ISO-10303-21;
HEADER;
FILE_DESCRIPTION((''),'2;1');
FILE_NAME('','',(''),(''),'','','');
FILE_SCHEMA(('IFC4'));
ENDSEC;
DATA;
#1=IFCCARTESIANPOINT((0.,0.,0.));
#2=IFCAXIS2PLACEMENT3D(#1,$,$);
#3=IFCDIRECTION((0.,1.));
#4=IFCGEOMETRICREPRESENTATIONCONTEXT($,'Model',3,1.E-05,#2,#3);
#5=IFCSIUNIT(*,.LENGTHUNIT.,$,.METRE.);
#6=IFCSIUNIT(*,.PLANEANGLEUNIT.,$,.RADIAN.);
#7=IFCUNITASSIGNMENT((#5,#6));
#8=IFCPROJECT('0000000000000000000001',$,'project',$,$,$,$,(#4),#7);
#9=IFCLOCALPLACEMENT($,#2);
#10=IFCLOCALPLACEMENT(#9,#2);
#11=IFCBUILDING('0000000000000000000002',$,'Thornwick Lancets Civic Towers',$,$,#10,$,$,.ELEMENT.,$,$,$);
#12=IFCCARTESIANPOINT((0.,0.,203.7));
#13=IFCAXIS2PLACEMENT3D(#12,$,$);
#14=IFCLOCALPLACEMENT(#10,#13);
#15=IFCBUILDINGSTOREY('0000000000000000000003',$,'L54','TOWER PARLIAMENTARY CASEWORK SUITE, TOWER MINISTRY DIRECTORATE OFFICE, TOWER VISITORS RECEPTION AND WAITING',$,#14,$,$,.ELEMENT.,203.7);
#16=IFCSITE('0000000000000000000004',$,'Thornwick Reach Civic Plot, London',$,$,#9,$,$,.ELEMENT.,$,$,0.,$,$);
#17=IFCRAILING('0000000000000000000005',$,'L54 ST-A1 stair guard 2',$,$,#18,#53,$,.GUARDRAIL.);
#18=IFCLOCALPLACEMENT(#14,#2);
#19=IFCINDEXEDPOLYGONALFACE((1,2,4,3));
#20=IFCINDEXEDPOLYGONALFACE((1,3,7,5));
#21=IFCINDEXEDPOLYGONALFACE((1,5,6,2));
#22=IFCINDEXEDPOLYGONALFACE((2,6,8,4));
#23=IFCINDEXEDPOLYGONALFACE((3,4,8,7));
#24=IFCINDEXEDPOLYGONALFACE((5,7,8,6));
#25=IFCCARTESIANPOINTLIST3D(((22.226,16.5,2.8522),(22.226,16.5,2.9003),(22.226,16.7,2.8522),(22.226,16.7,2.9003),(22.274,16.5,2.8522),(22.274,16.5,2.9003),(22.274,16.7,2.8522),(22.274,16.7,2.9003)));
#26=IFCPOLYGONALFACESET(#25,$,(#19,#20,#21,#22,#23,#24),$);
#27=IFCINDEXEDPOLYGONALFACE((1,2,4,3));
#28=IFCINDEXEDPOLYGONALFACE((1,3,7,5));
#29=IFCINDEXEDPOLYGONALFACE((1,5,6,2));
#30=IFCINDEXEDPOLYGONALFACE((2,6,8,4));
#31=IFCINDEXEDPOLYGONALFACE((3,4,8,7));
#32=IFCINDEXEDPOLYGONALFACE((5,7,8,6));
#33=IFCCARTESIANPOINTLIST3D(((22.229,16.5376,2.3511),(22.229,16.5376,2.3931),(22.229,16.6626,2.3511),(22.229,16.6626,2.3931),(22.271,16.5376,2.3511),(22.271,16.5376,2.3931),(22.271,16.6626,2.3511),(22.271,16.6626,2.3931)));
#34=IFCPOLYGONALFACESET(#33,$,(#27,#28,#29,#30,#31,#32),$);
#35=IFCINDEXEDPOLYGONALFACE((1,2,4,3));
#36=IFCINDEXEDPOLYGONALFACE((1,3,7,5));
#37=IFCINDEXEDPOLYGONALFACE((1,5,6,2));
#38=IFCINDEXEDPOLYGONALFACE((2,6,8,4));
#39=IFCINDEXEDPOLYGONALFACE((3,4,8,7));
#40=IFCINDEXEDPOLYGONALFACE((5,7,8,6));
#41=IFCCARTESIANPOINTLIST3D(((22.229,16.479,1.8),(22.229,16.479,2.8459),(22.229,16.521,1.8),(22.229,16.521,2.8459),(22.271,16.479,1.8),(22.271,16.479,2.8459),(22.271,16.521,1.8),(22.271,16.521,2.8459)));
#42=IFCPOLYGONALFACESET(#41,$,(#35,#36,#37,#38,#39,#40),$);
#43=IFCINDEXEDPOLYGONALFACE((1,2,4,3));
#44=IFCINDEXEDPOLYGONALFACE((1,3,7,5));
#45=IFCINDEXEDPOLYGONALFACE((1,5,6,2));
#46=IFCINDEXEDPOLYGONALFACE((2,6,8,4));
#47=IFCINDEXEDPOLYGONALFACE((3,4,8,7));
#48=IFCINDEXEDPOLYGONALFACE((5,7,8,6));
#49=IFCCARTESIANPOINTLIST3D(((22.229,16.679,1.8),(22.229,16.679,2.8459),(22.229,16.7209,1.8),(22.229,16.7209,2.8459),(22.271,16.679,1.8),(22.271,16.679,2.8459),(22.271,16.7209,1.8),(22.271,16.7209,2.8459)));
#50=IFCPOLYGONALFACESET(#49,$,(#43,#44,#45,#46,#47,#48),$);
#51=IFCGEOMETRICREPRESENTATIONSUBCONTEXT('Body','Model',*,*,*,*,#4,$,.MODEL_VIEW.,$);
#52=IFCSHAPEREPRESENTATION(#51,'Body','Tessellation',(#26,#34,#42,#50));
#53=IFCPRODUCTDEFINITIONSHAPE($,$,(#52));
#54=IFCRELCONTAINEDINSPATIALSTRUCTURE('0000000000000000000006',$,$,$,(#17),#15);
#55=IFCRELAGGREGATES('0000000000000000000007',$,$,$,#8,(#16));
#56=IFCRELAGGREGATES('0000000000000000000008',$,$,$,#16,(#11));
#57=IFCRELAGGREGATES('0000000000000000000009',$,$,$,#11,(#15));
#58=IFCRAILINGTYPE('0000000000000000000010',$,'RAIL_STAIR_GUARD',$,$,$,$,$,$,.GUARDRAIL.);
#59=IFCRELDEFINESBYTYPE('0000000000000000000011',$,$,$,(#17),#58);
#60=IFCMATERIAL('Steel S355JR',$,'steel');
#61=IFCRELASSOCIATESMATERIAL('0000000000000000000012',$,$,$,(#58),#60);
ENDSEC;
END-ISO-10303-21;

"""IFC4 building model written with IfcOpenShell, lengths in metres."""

from ifc_helpers import new_model, si_unit, direction, frame, origin, origin_2d, place, context, subcontext, project, spatial, rectangle, extrude, material, type_object, element, save


model = new_model("IFC4")

# Units and contexts
model_context = context("Model", 3, precision=1e-05, world=origin(), true_north=direction((0.0, 1.0)))
body_context = subcontext(model_context, "Body", "Model", "MODEL_VIEW")
ifc_project = project(units=[si_unit("LENGTHUNIT", "METRE"), si_unit("PLANEANGLEUNIT", "RADIAN")], contexts=[model_context])

# Site, building, storey
site_placement = place(None, origin())
site = spatial("IfcSite", under=ifc_project, at=site_placement, Name="Thornwick Reach Civic Plot, London", CompositionType="ELEMENT", RefElevation=0.0)
building_placement = place(site_placement, origin())
building = spatial("IfcBuilding", under=site, at=building_placement, Name="Thornwick Lancets Civic Towers", CompositionType="ELEMENT")
storey_placement = place(building_placement, frame((0.0, 0.0, 203.7)))
storey = spatial("IfcBuildingStorey", under=building, at=storey_placement, Name="L54", Description="TOWER PARLIAMENTARY CASEWORK SUITE, TOWER MINISTRY DIRECTORATE OFFICE, TOWER VISITORS RECEPTION AND WAITING", CompositionType="ELEMENT", Elevation=203.7)

# Shared definitions
ifc_material_1 = material(Name="Steel S355JR", Category="steel")

# Railing
railing_type_1 = type_object("IfcRailingType", Name="RAIL_STAIR_GUARD", PredefinedType="GUARDRAIL", material=ifc_material_1)
railing_1_placement = place(storey_placement, frame((22.25, 16.5, 1.8)))
element("IfcRailing", 1, at=railing_1_placement, inside=storey, type_object=railing_type_1, Name="L54 ST-A1 stair guard 2", PredefinedType="GUARDRAIL", context=body_context, shape_type="SweptSolid", body=[
    extrude(rectangle(XDim=0.0481, YDim=0.0481, at=origin_2d()), frame((0.0, 0.0, 1.0762), z_axis=(0.0, 1.0, 0.0), x_axis=(-1.0, 0.0, 0.0)), (0.0, 0.0, 1.0), 0.2),
    extrude(rectangle(XDim=0.042, YDim=0.042, at=origin_2d()), frame((0.0, 0.0376, 0.572), z_axis=(0.0, 1.0, 0.0), x_axis=(-1.0, 0.0, 0.0)), (0.0, 0.0, 1.0), 0.125),
    extrude(rectangle(XDim=0.042, YDim=0.042, at=origin_2d()), origin(), (0.0, 0.0, 1.0), 1.0459),
    extrude(rectangle(XDim=0.042, YDim=0.042, at=origin_2d()), frame((0.0, 0.2, 0.0)), (0.0, 0.0, 1.0), 1.0459),
])

save(model, "model.ifc")
